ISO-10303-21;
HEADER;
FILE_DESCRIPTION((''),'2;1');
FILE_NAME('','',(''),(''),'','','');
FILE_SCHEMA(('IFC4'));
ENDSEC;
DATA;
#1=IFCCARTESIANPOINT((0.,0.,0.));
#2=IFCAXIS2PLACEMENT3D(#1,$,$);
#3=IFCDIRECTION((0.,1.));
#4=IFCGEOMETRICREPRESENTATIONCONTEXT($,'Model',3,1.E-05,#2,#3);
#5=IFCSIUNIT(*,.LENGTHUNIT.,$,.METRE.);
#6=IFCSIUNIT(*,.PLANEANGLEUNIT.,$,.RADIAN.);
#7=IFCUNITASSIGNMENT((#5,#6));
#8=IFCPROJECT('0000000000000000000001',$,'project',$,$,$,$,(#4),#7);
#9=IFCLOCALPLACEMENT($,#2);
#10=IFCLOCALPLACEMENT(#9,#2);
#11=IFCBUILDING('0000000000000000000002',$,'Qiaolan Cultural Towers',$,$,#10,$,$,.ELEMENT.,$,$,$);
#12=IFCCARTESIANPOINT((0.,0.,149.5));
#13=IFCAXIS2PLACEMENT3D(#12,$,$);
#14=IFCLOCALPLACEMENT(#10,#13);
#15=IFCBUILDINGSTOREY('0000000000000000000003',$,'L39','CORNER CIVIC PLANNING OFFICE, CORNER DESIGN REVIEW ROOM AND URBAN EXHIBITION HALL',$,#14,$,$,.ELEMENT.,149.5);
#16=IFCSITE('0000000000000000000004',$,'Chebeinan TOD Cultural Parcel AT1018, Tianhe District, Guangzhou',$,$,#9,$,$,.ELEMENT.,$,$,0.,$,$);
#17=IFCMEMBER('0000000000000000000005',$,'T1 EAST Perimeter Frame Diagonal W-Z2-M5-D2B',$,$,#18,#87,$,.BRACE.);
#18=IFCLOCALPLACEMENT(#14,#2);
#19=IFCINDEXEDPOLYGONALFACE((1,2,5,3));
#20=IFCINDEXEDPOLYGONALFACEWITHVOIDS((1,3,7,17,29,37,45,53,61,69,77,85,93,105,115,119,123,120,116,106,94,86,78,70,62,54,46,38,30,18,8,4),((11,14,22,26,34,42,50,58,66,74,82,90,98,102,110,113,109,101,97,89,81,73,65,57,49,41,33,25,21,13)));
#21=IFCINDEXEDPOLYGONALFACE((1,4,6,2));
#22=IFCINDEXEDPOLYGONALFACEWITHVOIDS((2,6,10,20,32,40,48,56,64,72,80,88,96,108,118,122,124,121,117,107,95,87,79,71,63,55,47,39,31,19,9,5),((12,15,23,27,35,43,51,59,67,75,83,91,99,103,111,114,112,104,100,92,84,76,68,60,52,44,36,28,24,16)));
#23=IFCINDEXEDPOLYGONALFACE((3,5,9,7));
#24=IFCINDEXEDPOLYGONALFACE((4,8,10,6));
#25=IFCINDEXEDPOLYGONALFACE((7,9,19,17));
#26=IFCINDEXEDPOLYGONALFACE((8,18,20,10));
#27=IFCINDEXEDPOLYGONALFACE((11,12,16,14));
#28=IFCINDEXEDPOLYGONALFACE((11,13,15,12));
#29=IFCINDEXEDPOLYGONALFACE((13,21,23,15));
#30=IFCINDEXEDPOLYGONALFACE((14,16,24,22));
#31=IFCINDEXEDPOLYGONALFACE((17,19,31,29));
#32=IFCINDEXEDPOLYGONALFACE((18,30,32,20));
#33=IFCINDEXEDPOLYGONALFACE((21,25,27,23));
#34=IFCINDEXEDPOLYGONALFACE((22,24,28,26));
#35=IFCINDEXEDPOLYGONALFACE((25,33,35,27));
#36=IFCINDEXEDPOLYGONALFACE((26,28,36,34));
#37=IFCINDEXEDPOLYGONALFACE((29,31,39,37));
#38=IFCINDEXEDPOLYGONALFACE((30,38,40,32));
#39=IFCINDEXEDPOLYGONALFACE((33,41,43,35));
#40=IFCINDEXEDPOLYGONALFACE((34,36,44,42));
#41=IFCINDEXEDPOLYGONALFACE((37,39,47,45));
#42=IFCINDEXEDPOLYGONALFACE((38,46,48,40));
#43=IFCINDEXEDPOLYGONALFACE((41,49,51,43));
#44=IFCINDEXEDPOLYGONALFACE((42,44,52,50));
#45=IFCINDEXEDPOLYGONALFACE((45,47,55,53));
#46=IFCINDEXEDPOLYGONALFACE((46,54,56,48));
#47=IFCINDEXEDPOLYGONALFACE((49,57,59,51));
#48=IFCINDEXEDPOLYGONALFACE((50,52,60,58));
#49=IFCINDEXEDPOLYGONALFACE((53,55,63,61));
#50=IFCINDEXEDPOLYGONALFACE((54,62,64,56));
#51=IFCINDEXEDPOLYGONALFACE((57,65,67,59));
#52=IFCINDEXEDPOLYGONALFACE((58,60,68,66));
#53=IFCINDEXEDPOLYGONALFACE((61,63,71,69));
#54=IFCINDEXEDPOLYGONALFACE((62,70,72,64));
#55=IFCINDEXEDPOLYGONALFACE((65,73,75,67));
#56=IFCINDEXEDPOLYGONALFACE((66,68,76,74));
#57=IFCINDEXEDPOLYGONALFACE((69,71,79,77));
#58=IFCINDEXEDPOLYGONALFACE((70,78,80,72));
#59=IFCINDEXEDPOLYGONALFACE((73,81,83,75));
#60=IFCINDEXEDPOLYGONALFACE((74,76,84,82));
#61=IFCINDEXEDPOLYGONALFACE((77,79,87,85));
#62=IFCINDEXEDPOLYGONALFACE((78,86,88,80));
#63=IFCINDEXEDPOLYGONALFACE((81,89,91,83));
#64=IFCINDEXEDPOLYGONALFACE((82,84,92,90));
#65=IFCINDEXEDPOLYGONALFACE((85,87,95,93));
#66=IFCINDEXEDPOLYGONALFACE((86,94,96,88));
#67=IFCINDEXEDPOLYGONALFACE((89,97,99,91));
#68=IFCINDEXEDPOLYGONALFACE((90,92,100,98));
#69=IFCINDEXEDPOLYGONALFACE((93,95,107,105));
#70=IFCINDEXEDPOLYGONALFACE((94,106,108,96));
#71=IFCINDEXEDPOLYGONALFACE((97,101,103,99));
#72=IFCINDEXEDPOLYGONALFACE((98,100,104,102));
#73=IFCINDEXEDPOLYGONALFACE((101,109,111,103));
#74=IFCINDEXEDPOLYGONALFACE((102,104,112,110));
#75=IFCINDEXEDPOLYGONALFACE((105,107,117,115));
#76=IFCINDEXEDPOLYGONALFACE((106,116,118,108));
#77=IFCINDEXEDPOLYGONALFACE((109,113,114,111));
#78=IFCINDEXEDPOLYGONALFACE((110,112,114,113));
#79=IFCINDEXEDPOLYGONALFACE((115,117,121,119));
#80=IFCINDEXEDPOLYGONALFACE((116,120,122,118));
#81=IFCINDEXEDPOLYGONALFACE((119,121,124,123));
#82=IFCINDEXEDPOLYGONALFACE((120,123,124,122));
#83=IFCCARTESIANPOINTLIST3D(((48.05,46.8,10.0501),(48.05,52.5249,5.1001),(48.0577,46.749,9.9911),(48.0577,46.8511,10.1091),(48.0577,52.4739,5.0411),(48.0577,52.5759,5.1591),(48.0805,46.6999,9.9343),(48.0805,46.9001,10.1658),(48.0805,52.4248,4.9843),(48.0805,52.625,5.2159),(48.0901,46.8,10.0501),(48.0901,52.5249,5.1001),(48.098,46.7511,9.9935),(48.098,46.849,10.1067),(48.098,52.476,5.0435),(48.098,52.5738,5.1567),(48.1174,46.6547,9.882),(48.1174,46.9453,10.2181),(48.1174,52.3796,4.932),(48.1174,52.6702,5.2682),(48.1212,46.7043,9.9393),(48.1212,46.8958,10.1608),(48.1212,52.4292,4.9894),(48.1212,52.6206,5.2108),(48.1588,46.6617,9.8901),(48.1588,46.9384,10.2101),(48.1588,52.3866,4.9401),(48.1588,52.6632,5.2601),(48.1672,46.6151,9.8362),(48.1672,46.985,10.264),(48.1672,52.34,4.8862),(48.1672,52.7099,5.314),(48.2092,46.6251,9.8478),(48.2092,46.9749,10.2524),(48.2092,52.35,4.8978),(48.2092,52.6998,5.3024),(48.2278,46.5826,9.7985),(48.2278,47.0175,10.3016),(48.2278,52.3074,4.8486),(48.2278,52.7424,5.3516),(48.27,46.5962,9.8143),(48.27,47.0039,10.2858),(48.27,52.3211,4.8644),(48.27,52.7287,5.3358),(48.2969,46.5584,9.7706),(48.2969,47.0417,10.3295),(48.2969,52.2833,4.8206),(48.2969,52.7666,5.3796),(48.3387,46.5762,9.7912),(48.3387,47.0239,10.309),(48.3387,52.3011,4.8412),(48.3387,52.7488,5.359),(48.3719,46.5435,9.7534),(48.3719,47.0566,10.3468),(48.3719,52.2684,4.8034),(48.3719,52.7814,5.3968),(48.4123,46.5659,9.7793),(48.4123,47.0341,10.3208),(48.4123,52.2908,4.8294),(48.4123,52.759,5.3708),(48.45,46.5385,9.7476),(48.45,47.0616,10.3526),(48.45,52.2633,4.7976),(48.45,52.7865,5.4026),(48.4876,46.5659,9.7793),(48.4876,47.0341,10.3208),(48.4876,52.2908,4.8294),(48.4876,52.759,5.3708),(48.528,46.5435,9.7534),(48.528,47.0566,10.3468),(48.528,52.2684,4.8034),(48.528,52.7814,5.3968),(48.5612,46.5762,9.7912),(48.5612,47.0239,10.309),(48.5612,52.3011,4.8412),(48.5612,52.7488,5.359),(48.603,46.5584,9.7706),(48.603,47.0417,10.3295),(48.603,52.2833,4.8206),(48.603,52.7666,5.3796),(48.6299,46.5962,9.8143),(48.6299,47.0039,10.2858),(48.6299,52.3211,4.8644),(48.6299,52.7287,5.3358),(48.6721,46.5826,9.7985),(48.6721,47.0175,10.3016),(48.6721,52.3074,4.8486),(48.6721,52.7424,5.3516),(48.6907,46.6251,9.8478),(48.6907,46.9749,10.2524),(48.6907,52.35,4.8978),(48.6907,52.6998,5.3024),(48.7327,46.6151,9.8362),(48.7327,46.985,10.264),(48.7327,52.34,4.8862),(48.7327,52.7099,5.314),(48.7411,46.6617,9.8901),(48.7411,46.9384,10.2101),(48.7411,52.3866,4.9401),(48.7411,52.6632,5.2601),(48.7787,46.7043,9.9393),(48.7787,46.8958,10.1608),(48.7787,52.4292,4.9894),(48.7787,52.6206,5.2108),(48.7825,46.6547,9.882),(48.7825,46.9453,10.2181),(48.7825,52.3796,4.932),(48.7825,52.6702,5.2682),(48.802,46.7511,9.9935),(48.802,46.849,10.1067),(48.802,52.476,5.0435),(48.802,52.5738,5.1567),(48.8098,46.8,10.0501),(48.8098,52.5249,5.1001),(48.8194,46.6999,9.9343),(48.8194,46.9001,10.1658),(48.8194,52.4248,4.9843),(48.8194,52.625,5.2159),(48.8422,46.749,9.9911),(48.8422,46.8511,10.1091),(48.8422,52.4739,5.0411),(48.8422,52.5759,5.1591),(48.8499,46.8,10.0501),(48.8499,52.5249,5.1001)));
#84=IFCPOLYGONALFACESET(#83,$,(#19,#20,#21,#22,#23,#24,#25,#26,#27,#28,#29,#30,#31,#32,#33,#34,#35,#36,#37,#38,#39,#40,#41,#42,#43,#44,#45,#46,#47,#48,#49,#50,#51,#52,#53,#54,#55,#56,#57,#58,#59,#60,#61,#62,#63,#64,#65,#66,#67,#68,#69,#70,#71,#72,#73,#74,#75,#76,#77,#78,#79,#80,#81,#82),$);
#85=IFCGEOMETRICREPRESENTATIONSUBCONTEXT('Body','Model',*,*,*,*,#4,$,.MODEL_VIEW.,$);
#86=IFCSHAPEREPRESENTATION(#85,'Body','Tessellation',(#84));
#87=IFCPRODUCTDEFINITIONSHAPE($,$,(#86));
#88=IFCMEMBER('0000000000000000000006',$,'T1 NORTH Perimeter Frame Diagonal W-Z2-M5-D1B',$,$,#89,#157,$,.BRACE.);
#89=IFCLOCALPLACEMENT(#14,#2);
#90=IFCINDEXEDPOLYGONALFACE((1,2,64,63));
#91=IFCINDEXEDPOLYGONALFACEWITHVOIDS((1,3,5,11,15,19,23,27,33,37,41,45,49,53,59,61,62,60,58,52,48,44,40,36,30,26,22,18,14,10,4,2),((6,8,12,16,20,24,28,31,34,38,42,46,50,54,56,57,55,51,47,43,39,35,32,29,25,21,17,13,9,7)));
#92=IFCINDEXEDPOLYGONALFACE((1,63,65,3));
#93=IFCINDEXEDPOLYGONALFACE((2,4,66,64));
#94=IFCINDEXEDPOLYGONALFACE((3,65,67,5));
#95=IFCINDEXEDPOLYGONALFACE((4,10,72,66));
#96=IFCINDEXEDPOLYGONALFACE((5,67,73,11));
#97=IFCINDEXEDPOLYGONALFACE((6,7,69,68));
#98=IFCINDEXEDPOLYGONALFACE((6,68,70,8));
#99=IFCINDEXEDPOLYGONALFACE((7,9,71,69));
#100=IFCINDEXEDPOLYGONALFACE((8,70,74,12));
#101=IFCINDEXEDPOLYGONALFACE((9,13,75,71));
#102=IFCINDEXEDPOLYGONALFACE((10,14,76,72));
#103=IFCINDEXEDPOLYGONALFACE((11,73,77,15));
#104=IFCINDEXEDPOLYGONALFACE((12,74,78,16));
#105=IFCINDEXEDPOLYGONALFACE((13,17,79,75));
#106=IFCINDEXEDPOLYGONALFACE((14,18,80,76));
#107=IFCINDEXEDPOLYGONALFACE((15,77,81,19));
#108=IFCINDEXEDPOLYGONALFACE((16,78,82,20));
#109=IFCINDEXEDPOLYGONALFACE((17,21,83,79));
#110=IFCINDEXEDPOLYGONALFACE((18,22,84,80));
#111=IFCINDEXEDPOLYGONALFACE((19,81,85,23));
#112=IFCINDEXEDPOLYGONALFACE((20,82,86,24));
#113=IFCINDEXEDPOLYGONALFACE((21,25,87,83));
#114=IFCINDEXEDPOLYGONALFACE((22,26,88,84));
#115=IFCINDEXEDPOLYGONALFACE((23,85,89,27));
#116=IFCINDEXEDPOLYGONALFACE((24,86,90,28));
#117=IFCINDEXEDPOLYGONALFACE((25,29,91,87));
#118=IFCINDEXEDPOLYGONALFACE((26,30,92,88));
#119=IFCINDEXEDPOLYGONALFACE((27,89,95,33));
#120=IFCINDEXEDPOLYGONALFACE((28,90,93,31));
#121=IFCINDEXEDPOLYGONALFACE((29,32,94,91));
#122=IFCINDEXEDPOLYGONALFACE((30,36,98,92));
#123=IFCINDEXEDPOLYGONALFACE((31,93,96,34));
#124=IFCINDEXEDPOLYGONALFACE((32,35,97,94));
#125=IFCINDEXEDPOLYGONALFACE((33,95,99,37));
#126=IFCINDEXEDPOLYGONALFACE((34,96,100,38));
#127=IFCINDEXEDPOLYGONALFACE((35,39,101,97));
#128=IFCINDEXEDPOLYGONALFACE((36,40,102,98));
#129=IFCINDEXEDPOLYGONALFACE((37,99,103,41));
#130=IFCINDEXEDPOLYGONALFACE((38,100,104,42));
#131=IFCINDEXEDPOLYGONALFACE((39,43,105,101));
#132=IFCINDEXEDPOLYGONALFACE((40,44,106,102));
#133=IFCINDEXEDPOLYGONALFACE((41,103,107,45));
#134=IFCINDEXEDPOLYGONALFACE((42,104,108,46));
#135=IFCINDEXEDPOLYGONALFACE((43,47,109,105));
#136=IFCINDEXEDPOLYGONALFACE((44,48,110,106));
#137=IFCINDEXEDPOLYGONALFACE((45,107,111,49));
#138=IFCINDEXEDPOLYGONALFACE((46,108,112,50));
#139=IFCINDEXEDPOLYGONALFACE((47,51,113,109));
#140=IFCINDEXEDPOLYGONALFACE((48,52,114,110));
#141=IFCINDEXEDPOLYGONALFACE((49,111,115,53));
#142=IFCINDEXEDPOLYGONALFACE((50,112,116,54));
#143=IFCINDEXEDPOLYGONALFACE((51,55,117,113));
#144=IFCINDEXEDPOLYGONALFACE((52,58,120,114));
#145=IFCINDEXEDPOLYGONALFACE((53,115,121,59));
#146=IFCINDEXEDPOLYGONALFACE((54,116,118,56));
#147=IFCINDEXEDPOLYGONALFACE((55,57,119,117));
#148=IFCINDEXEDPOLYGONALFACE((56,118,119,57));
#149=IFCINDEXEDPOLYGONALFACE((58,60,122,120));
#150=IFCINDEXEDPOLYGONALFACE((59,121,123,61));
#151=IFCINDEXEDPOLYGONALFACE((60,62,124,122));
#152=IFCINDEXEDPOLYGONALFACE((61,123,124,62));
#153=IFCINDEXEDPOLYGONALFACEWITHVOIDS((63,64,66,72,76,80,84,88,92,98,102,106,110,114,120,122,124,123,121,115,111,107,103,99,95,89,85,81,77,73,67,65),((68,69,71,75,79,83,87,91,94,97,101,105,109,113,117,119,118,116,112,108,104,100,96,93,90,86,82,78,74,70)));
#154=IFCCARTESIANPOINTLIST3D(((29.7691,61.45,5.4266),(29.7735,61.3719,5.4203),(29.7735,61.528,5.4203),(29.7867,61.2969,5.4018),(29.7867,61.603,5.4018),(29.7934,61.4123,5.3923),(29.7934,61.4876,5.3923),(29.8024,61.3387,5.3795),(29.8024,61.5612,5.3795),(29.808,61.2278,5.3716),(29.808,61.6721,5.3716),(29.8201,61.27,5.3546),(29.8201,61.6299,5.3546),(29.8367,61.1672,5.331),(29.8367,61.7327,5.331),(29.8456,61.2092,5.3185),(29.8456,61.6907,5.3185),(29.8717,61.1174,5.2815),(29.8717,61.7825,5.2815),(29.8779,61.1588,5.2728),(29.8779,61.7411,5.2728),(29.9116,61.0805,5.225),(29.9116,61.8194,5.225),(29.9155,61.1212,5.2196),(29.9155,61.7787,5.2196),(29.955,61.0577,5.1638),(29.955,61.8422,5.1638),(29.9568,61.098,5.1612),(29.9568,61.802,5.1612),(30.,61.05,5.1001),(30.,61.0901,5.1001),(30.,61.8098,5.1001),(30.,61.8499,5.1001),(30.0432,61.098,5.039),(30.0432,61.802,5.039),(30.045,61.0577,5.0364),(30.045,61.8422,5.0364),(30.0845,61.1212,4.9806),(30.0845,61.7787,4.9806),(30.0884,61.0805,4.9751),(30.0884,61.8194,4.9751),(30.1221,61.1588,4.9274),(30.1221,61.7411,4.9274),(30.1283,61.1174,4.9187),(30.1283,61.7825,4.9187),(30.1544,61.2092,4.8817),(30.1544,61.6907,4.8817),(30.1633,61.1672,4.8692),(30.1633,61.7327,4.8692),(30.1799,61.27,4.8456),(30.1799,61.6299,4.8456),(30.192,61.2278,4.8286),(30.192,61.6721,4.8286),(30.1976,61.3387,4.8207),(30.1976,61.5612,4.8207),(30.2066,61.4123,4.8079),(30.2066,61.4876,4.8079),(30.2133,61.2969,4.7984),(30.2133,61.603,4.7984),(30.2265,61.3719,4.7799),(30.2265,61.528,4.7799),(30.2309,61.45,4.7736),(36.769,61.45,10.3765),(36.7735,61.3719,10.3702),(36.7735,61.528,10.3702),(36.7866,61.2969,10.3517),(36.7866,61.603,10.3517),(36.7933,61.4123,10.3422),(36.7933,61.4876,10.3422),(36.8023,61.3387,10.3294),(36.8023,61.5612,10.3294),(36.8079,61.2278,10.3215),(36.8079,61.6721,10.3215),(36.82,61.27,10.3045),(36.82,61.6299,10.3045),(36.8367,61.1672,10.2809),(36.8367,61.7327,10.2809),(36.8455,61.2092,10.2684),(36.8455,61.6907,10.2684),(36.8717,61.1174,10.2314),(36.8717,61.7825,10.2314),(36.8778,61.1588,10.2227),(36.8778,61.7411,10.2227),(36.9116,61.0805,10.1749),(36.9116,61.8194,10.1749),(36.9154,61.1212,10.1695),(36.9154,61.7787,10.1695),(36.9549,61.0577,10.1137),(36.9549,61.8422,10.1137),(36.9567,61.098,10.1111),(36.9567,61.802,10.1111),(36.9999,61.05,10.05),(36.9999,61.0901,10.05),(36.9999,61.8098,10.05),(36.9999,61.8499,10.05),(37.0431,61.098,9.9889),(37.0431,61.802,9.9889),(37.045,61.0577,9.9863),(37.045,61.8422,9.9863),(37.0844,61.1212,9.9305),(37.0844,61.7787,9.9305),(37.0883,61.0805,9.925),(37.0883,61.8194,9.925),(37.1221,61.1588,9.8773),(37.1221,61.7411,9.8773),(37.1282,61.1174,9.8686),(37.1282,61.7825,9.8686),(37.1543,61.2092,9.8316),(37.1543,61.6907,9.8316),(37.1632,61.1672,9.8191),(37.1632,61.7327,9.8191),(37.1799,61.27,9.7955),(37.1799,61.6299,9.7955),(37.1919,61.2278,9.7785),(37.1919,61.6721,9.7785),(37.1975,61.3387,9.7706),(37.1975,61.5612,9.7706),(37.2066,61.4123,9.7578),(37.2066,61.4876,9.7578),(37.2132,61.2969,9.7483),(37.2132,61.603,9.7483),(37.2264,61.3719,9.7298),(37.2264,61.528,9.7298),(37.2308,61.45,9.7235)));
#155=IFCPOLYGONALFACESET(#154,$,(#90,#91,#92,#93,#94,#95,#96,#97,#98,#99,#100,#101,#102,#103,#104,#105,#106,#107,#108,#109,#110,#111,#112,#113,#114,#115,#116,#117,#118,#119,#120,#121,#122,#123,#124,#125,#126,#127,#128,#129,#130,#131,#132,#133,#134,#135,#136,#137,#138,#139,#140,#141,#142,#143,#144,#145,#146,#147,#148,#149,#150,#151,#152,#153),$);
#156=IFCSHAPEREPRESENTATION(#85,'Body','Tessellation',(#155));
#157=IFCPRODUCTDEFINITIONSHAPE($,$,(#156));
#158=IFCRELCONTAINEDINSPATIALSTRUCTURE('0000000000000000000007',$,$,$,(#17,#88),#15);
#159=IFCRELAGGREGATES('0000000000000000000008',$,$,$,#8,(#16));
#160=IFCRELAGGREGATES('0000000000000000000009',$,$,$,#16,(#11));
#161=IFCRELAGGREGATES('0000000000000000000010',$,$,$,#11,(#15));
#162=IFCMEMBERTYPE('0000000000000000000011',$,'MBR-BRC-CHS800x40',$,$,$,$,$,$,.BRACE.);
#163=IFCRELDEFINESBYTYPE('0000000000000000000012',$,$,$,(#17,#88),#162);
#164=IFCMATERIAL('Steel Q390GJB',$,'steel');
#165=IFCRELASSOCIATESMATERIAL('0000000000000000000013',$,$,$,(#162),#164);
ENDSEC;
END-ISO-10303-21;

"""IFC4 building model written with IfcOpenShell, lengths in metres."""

from ifc_helpers import new_model, si_unit, direction, frame, origin, origin_2d, place, context, subcontext, project, spatial, hollow_circle, extrude, material, material_profile, profile_set, type_object, element, save


model = new_model("IFC4")

# Units and contexts
model_context = context("Model", 3, precision=1e-05, world=origin(), true_north=direction((0.0, 1.0)))
body_context = subcontext(model_context, "Body", "Model", "MODEL_VIEW")
ifc_project = project(units=[si_unit("LENGTHUNIT", "METRE"), si_unit("PLANEANGLEUNIT", "RADIAN")], contexts=[model_context])

# Site, building, storey
site_placement = place(None, origin())
site = spatial("IfcSite", under=ifc_project, at=site_placement, Name="Chebeinan TOD Cultural Parcel AT1018, Tianhe District, Guangzhou", CompositionType="ELEMENT", RefElevation=0.0)
building_placement = place(site_placement, origin())
building = spatial("IfcBuilding", under=site, at=building_placement, Name="Qiaolan Cultural Towers", CompositionType="ELEMENT")
storey_placement = place(building_placement, frame((0.0, 0.0, 149.5)))
storey = spatial("IfcBuildingStorey", under=building, at=storey_placement, Name="L39", Description="CORNER CIVIC PLANNING OFFICE, CORNER DESIGN REVIEW ROOM AND URBAN EXHIBITION HALL", CompositionType="ELEMENT", Elevation=149.5)

# Members
ifc_material_1 = material(Name="Steel Q390GJB", Category="steel")
ifc_material_profile_1 = material_profile(ifc_material_1, hollow_circle(Radius=0.3999, WallThickness=0.04, at=origin_2d()), Name="CHS800x40")
ifc_profile_set_1 = profile_set([ifc_material_profile_1], Name="Steel Q390GJB")
member_type = type_object("IfcMemberType", Name="MBR-BRC-CHS800x40", PredefinedType="BRACE", material=ifc_profile_set_1)
member_1_placement = place(storey_placement, frame((48.45, 52.5249, 5.1001), z_axis=(0.0, -0.756446, 0.654056), x_axis=(1.0, 0.0, 0.0)))
element("IfcMember", 1, at=member_1_placement, inside=storey, type_object=member_type, Name="T1 EAST Perimeter Frame Diagonal W-Z2-M5-D2B", PredefinedType="BRACE", context=body_context, shape_type="SweptSolid", body=[
    extrude(hollow_circle(Radius=0.3999, WallThickness=0.04, at=origin_2d()), origin(), (0.0, 0.0, 1.0), 7.5681),
])
member_2_placement = place(storey_placement, frame((30.0, 61.45, 5.1001), z_axis=(0.816485, 0.0, 0.577366), x_axis=(0.0, 1.0, 0.0)))
element("IfcMember", 2, at=member_2_placement, inside=storey, type_object=member_type, Name="T1 NORTH Perimeter Frame Diagonal W-Z2-M5-D1B", PredefinedType="BRACE", context=body_context, shape_type="SweptSolid", body=[
    extrude(hollow_circle(Radius=0.3999, WallThickness=0.04, at=origin_2d()), origin(), (0.0, 0.0, 1.0), 8.5732),
])

save(model, "model.ifc")
